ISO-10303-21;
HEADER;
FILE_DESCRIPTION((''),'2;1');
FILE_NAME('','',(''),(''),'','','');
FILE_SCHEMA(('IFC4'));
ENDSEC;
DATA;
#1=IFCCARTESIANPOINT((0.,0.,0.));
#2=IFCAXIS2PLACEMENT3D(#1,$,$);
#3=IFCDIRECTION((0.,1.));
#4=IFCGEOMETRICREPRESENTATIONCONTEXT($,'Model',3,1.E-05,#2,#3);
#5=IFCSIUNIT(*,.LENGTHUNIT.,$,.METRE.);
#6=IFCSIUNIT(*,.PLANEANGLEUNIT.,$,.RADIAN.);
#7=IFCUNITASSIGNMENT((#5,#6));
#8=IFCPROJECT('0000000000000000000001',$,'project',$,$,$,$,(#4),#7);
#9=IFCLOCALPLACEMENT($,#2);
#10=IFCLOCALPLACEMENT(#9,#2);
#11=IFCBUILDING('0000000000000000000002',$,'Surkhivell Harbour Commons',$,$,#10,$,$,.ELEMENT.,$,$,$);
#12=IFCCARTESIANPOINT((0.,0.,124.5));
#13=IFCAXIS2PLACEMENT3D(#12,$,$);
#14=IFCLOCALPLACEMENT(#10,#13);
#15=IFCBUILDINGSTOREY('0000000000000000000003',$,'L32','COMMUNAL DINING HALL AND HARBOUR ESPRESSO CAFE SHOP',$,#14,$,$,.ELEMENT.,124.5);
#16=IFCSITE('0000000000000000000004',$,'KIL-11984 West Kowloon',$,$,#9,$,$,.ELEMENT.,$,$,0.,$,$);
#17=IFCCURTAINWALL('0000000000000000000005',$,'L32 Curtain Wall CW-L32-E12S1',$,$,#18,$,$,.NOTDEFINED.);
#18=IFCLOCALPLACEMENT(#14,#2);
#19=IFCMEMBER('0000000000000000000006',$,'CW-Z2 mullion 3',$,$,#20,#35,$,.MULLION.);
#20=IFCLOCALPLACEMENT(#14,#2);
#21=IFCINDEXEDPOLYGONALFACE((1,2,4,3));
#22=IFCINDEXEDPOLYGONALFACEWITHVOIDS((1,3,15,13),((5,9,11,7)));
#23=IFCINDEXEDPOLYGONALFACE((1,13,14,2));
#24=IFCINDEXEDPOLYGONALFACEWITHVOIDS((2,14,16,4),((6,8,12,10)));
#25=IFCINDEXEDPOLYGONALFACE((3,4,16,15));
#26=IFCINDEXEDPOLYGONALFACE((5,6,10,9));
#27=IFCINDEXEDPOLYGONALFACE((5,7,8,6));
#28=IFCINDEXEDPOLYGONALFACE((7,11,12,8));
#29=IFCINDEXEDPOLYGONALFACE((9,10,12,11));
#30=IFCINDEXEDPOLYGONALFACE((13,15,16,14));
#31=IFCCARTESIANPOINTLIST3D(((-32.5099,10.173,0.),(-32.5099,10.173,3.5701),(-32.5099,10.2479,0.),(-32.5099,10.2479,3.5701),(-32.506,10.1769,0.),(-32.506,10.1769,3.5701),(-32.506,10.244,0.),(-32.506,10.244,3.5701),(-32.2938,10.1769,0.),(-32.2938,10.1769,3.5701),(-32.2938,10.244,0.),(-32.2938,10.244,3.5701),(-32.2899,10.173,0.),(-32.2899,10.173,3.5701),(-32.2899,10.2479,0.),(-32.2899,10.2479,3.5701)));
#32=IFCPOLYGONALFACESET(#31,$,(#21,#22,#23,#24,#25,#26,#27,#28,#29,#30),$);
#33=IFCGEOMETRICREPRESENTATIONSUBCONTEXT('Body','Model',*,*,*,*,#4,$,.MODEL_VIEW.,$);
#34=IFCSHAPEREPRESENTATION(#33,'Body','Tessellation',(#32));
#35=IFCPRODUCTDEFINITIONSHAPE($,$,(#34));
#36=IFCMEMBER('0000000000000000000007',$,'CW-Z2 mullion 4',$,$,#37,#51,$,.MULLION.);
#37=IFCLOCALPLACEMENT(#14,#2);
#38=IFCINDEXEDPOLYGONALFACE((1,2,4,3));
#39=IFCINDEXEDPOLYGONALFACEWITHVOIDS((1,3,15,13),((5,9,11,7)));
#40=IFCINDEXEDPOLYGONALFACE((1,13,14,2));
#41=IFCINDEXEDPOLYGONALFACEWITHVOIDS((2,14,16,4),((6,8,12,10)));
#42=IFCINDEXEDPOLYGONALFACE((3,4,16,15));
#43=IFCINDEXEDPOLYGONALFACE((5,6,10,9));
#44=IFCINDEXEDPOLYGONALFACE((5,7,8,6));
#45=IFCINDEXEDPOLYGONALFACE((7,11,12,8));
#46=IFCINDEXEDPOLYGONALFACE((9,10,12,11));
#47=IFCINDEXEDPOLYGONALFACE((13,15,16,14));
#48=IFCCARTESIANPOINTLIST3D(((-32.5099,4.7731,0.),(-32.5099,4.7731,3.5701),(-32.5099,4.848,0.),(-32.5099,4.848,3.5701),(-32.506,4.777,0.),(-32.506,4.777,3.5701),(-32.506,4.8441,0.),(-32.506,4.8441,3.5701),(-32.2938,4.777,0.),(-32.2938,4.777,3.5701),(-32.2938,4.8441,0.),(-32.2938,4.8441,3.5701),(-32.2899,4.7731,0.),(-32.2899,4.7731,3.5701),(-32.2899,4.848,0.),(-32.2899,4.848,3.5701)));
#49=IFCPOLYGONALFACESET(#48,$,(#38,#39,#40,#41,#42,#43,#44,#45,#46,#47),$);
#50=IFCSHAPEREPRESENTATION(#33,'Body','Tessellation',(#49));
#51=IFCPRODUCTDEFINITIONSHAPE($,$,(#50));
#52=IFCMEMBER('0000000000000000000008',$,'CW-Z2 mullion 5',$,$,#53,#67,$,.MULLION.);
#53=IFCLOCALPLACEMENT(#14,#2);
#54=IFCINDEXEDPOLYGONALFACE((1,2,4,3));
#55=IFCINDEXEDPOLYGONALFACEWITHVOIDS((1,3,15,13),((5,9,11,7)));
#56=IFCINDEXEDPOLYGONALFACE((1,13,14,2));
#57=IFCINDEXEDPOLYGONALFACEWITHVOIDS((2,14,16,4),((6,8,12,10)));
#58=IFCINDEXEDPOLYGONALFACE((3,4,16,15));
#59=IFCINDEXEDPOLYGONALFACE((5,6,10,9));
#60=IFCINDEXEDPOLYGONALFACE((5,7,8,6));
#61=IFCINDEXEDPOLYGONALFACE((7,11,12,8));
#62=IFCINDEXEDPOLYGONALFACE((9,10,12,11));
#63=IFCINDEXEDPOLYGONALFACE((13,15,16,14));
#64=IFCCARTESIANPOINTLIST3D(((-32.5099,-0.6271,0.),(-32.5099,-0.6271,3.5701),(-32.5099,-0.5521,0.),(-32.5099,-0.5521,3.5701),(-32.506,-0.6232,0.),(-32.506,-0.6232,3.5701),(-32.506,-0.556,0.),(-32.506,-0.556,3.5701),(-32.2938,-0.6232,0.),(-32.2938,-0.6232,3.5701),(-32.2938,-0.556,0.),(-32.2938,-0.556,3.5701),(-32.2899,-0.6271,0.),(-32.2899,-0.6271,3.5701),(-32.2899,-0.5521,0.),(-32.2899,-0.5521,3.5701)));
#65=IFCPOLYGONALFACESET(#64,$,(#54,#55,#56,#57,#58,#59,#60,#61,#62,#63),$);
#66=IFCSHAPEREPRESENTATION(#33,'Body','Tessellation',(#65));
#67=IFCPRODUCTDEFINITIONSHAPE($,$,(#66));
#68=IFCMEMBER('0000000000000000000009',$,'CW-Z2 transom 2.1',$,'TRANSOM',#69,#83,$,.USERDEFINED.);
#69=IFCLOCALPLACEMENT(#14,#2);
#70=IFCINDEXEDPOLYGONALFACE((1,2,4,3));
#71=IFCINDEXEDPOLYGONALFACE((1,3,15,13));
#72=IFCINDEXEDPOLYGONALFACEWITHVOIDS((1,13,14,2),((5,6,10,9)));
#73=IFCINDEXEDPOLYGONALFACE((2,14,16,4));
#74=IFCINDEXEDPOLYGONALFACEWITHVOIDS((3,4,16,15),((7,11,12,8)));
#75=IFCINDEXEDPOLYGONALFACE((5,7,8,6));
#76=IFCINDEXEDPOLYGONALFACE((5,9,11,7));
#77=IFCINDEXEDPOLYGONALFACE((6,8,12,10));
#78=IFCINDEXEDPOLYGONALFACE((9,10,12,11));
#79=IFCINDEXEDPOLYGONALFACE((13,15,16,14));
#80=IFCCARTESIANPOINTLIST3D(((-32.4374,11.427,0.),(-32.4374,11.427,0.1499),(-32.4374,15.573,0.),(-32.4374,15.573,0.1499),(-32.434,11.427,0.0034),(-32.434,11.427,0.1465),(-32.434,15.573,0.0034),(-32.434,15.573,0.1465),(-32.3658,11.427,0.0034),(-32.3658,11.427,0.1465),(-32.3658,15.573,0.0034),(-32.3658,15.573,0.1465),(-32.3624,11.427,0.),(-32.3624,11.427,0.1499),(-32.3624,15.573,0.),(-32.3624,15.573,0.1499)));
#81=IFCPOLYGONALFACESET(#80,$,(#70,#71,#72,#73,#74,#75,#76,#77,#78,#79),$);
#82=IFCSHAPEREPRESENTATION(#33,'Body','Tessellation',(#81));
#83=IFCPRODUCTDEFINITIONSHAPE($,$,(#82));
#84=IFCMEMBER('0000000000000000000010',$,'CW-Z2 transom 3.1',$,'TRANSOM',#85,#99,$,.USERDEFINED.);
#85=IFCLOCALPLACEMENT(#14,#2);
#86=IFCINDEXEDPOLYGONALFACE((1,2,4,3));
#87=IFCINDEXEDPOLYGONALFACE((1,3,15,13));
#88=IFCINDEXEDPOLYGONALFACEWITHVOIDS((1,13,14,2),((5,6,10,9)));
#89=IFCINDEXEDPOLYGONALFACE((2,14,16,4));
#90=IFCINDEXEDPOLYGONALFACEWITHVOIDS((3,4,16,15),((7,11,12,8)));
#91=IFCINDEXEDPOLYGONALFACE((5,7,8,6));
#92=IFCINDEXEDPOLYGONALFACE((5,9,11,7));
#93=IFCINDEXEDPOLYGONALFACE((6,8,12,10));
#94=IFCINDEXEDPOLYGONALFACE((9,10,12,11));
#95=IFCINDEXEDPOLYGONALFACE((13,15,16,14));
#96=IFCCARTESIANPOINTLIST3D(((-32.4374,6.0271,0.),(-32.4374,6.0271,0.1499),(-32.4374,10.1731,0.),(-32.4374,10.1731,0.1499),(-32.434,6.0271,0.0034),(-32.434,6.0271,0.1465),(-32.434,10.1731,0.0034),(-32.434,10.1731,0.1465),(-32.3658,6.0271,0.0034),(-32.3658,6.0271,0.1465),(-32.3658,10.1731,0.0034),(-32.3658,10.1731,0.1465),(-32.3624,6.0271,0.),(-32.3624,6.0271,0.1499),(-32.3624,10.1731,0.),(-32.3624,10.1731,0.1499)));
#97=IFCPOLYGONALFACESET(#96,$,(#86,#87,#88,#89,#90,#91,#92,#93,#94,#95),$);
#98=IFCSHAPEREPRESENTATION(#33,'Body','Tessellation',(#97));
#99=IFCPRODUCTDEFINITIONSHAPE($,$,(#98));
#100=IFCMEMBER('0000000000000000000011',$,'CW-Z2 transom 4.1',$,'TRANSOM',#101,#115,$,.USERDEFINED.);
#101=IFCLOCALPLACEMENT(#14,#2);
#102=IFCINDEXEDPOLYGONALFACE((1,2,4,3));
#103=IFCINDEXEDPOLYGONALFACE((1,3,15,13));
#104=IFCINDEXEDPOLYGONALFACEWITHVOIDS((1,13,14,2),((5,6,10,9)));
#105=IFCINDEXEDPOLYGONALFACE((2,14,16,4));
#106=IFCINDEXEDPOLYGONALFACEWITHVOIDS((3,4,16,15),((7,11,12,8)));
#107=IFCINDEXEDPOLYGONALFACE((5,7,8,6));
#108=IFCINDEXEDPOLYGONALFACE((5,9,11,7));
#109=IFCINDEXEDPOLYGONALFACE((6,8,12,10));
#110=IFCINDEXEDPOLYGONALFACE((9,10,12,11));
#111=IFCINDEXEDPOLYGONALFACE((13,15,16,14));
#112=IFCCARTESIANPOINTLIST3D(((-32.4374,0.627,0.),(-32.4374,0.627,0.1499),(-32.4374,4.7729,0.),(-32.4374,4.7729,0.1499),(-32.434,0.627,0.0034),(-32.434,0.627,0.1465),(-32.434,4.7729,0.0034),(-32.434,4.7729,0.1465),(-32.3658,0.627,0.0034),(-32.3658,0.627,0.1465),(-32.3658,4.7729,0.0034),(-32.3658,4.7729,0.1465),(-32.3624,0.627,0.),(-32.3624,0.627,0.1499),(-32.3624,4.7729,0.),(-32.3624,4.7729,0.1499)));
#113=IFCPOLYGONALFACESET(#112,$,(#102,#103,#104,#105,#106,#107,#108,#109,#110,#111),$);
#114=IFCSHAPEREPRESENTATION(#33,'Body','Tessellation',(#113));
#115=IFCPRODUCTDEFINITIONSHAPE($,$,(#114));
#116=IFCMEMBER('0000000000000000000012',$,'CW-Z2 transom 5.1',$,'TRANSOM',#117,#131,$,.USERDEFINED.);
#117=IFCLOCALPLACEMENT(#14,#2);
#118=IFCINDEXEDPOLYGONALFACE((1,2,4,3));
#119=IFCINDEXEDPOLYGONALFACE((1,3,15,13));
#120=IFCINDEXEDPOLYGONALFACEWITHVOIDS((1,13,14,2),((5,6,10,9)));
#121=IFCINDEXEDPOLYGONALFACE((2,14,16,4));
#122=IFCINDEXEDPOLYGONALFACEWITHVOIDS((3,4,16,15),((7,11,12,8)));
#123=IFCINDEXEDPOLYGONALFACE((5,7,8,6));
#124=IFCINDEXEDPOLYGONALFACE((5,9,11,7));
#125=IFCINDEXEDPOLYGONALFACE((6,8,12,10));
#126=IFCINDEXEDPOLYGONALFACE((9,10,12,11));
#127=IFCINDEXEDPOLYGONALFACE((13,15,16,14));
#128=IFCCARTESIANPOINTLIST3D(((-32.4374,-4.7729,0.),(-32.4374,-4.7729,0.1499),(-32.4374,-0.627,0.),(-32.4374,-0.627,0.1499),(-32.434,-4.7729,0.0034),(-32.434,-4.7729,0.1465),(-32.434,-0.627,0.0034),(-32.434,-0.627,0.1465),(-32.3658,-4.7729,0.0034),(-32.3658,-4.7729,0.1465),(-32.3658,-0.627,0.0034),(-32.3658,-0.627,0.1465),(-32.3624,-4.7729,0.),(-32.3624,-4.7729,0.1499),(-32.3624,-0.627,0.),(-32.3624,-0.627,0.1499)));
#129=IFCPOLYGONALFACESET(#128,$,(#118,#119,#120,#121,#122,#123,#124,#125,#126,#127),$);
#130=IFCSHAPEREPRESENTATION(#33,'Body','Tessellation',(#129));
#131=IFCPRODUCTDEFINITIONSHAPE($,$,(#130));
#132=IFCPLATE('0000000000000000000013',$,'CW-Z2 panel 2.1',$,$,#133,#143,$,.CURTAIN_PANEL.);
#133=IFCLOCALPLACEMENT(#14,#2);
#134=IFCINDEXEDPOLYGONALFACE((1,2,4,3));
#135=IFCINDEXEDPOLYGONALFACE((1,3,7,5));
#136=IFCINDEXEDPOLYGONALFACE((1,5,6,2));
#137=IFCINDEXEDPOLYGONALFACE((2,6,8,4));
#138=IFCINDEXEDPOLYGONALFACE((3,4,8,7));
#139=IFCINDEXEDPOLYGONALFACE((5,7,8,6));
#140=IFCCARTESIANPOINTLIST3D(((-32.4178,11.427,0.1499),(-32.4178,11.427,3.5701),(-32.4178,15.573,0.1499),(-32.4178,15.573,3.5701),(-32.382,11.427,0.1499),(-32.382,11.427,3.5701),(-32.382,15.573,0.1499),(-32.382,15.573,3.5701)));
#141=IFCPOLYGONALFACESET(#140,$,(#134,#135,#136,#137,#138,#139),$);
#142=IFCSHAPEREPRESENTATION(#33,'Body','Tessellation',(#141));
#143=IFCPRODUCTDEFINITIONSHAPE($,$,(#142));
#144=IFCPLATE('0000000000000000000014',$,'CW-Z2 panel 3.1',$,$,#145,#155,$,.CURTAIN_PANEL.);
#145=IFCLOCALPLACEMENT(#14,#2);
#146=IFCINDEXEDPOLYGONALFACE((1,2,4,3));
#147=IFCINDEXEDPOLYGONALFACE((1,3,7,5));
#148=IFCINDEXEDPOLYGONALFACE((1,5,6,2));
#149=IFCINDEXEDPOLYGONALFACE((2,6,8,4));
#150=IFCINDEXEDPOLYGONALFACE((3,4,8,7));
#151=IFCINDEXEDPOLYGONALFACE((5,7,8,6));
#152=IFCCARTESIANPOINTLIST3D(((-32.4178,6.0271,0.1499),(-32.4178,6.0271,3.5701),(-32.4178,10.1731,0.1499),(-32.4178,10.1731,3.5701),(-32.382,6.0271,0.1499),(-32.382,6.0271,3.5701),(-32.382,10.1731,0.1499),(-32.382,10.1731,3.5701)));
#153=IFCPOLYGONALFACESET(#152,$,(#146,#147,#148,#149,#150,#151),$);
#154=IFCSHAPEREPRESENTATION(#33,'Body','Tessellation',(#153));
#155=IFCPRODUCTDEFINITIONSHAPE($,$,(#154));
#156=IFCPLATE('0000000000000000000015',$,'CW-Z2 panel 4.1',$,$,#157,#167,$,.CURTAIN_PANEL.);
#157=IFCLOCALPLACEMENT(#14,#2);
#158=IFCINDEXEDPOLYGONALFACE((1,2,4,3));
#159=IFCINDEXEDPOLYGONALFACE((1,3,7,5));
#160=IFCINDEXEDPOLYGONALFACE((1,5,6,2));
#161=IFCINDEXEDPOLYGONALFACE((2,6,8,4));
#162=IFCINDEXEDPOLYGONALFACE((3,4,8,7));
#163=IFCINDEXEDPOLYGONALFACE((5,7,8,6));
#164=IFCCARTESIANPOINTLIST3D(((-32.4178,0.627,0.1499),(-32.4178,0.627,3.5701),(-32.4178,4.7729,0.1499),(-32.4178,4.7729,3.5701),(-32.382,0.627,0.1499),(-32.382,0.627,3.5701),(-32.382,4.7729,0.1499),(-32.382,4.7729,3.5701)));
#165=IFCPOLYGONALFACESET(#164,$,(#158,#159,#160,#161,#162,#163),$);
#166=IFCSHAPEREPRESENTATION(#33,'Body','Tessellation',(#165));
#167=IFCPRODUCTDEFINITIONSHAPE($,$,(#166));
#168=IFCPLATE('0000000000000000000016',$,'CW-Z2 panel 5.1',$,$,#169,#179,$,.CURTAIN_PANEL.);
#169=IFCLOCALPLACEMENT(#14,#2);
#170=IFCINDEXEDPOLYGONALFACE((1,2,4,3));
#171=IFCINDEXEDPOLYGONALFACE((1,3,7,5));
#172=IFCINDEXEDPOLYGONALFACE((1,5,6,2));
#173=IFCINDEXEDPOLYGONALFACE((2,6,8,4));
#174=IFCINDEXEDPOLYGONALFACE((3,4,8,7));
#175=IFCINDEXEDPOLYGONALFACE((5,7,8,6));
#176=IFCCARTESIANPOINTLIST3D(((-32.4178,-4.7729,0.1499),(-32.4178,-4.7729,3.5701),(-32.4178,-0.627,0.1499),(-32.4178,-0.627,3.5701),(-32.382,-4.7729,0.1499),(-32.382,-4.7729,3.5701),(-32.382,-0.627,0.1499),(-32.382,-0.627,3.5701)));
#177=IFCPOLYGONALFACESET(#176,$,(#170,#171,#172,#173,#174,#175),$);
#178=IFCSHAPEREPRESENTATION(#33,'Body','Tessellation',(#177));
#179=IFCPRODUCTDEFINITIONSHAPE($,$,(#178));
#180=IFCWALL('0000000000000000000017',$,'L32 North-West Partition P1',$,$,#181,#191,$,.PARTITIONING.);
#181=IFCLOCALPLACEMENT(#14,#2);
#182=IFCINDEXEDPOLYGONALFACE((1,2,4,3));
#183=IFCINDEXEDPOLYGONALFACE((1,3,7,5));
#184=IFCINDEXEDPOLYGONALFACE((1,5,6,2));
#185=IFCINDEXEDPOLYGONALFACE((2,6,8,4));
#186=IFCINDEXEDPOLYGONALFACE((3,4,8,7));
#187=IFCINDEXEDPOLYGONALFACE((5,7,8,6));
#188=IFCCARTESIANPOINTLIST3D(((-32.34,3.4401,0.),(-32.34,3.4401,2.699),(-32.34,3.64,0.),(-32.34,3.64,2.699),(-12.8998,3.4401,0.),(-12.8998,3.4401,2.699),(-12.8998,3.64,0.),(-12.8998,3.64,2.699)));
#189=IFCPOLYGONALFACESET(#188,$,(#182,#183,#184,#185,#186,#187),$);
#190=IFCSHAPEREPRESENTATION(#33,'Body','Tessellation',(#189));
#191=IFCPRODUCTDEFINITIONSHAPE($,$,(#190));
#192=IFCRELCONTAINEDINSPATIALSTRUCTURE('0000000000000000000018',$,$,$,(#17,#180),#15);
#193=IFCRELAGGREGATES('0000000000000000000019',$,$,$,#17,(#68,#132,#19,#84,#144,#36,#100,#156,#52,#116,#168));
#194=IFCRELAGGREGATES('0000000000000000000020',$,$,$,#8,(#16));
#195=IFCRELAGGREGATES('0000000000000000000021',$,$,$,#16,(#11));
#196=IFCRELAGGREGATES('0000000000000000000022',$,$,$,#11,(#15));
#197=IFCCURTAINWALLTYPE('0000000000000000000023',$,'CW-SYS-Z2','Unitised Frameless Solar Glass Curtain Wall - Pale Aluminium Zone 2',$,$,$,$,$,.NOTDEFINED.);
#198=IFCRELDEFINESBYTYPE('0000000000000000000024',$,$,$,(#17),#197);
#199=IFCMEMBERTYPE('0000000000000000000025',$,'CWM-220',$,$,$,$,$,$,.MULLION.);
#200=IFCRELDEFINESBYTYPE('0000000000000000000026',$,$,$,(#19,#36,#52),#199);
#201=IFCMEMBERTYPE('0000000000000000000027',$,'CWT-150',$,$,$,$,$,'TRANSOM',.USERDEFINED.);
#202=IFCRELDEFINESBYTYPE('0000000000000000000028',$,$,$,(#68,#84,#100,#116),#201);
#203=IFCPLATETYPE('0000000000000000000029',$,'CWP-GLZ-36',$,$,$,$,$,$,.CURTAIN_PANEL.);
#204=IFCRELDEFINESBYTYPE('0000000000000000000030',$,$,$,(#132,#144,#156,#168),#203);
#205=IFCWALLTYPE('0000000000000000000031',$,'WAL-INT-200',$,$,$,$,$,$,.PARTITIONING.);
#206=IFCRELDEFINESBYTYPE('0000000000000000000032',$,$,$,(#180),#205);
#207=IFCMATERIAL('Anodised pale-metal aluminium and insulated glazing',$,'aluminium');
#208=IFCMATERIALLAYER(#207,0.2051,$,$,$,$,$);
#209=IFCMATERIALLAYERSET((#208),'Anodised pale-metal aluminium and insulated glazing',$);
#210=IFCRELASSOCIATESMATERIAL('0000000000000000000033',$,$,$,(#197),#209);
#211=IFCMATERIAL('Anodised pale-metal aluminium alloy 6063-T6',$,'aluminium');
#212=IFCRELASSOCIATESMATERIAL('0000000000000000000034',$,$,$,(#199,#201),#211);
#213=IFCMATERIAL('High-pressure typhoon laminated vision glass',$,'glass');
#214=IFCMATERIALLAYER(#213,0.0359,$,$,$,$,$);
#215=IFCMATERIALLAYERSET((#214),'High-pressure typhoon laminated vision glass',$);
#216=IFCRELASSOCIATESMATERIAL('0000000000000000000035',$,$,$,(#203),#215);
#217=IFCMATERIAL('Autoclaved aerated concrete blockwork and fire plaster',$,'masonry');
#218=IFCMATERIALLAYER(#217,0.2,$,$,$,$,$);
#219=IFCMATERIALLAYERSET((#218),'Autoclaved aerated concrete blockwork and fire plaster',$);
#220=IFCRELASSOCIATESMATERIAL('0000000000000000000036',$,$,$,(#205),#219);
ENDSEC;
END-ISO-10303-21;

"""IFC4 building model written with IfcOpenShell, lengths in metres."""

from ifc_helpers import new_model, si_unit, direction, frame, frame_2d, origin, origin_2d, place, context, subcontext, project, spatial, rectangle, hollow_rectangle, extrude, material, layer, layer_set, material_profile, profile_set, type_object, element, aggregate, save


model = new_model("IFC4")

# Units and contexts
model_context = context("Model", 3, precision=1e-05, world=origin(), true_north=direction((0.0, 1.0)))
body_context = subcontext(model_context, "Body", "Model", "MODEL_VIEW")
ifc_project = project(units=[si_unit("LENGTHUNIT", "METRE"), si_unit("PLANEANGLEUNIT", "RADIAN")], contexts=[model_context])

# Site, building, storey
site_placement = place(None, origin())
site = spatial("IfcSite", under=ifc_project, at=site_placement, Name="KIL-11984 West Kowloon", CompositionType="ELEMENT", RefElevation=0.0)
building_placement = place(site_placement, origin())
building = spatial("IfcBuilding", under=site, at=building_placement, Name="Surkhivell Harbour Commons", CompositionType="ELEMENT")
storey_placement = place(building_placement, frame((0.0, 0.0, 124.5)))
storey = spatial("IfcBuildingStorey", under=building, at=storey_placement, Name="L32", Description="COMMUNAL DINING HALL AND HARBOUR ESPRESSO CAFE SHOP", CompositionType="ELEMENT", Elevation=124.5)

# Curtain wall, members, plates
ifc_material_1 = material(Name="Anodised pale-metal aluminium and insulated glazing", Category="aluminium")
ifc_layer_1 = layer(ifc_material_1, 0.2051)
ifc_layer_set_1 = layer_set([ifc_layer_1], Name="Anodised pale-metal aluminium and insulated glazing")
curtain_wall_type = type_object("IfcCurtainWallType", Name="CW-SYS-Z2", Description="Unitised Frameless Solar Glass Curtain Wall - Pale Aluminium Zone 2", PredefinedType="NOTDEFINED", material=ifc_layer_set_1)
curtain_wall_placement = place(storey_placement, origin())
curtain_wall = element("IfcCurtainWall", 1, at=curtain_wall_placement, inside=storey, type_object=curtain_wall_type, Name="L32 Curtain Wall CW-L32-E12S1", PredefinedType="NOTDEFINED")
ifc_material_2 = material(Name="Anodised pale-metal aluminium alloy 6063-T6", Category="aluminium")
ifc_material_profile_1 = material_profile(ifc_material_2, hollow_rectangle(XDim=0.075, YDim=0.22, WallThickness=0.0039, at=origin_2d()), Name="ALU-MULL-75x220")
ifc_profile_set_1 = profile_set([ifc_material_profile_1], Name="Anodised pale-metal aluminium alloy 6063-T6")
member_type_1 = type_object("IfcMemberType", Name="CWM-220", PredefinedType="MULLION", material=ifc_profile_set_1)
member_1_placement = place(storey_placement, frame((-32.3999, 10.2104, 0.0), z_axis=(0.0, 0.0, 1.0), x_axis=(0.0, -1.0, 0.0)))
member_1 = element("IfcMember", 2, at=member_1_placement, type_object=member_type_1, Name="CW-Z2 mullion 3", PredefinedType="MULLION", context=body_context, shape_type="SweptSolid", body=[
    extrude(hollow_rectangle(XDim=0.075, YDim=0.22, WallThickness=0.0039, at=origin_2d()), origin(), (0.0, 0.0, 1.0), 3.5701),
])
member_2_placement = place(storey_placement, frame((-32.3999, 4.8105, 0.0), z_axis=(0.0, 0.0, 1.0), x_axis=(0.0, -1.0, 0.0)))
member_2 = element("IfcMember", 3, at=member_2_placement, type_object=member_type_1, Name="CW-Z2 mullion 4", PredefinedType="MULLION", context=body_context, shape_type="SweptSolid", body=[
    extrude(hollow_rectangle(XDim=0.075, YDim=0.22, WallThickness=0.0039, at=origin_2d()), origin(), (0.0, 0.0, 1.0), 3.5701),
])
member_3_placement = place(storey_placement, frame((-32.3999, -0.5896, 0.0), z_axis=(0.0, 0.0, 1.0), x_axis=(0.0, -1.0, 0.0)))
member_3 = element("IfcMember", 4, at=member_3_placement, type_object=member_type_1, Name="CW-Z2 mullion 5", PredefinedType="MULLION", context=body_context, shape_type="SweptSolid", body=[
    extrude(hollow_rectangle(XDim=0.075, YDim=0.22, WallThickness=0.0039, at=origin_2d()), origin(), (0.0, 0.0, 1.0), 3.5701),
])
ifc_material_profile_2 = material_profile(ifc_material_2, hollow_rectangle(XDim=0.075, YDim=0.1499, WallThickness=0.0034, at=origin_2d()), Name="ALU-TRAN-75x150")
ifc_profile_set_2 = profile_set([ifc_material_profile_2], Name="Anodised pale-metal aluminium alloy 6063-T6")
member_type_2 = type_object("IfcMemberType", Name="CWT-150", ElementType="TRANSOM", PredefinedType="USERDEFINED", material=ifc_profile_set_2)
member_4_placement = place(storey_placement, frame((-32.3999, 15.573, 0.075), z_axis=(0.0, -1.0, 0.0), x_axis=(1.0, 0.0, 0.0)))
member_4 = element("IfcMember", 5, at=member_4_placement, type_object=member_type_2, Name="CW-Z2 transom 2.1", ObjectType="TRANSOM", PredefinedType="USERDEFINED", context=body_context, shape_type="SweptSolid", body=[
    extrude(hollow_rectangle(XDim=0.075, YDim=0.1499, WallThickness=0.0034, at=origin_2d()), origin(), (0.0, 0.0, 1.0), 4.146),
])
member_5_placement = place(storey_placement, frame((-32.3999, 10.1731, 0.075), z_axis=(0.0, -1.0, 0.0), x_axis=(1.0, 0.0, 0.0)))
member_5 = element("IfcMember", 6, at=member_5_placement, type_object=member_type_2, Name="CW-Z2 transom 3.1", ObjectType="TRANSOM", PredefinedType="USERDEFINED", context=body_context, shape_type="SweptSolid", body=[
    extrude(hollow_rectangle(XDim=0.075, YDim=0.1499, WallThickness=0.0034, at=origin_2d()), origin(), (0.0, 0.0, 1.0), 4.146),
])
member_6_placement = place(storey_placement, frame((-32.3999, 4.7729, 0.075), z_axis=(0.0, -1.0, 0.0), x_axis=(1.0, 0.0, 0.0)))
member_6 = element("IfcMember", 7, at=member_6_placement, type_object=member_type_2, Name="CW-Z2 transom 4.1", ObjectType="TRANSOM", PredefinedType="USERDEFINED", context=body_context, shape_type="SweptSolid", body=[
    extrude(hollow_rectangle(XDim=0.075, YDim=0.1499, WallThickness=0.0034, at=origin_2d()), origin(), (0.0, 0.0, 1.0), 4.146),
])
member_7_placement = place(storey_placement, frame((-32.3999, -0.627, 0.075), z_axis=(0.0, -1.0, 0.0), x_axis=(1.0, 0.0, 0.0)))
member_7 = element("IfcMember", 8, at=member_7_placement, type_object=member_type_2, Name="CW-Z2 transom 5.1", ObjectType="TRANSOM", PredefinedType="USERDEFINED", context=body_context, shape_type="SweptSolid", body=[
    extrude(hollow_rectangle(XDim=0.075, YDim=0.1499, WallThickness=0.0034, at=origin_2d()), origin(), (0.0, 0.0, 1.0), 4.146),
])
ifc_material_3 = material(Name="High-pressure typhoon laminated vision glass", Category="glass")
ifc_layer_2 = layer(ifc_material_3, 0.0359)
ifc_layer_set_2 = layer_set([ifc_layer_2], Name="High-pressure typhoon laminated vision glass")
plate_type = type_object("IfcPlateType", Name="CWP-GLZ-36", PredefinedType="CURTAIN_PANEL", material=ifc_layer_set_2)
plate_1_placement = place(storey_placement, frame((-32.3999, 15.573, 0.1499), z_axis=(0.0, 0.0, 1.0), x_axis=(0.0, -1.0, 0.0)))
plate_1 = element("IfcPlate", 9, at=plate_1_placement, type_object=plate_type, Name="CW-Z2 panel 2.1", PredefinedType="CURTAIN_PANEL", context=body_context, shape_type="SweptSolid", body=[
    extrude(rectangle(XDim=4.146, YDim=0.0359, at=frame_2d((2.073, 0.0))), origin(), (0.0, 0.0, 1.0), 3.4202),
])
plate_2_placement = place(storey_placement, frame((-32.3999, 10.1731, 0.1499), z_axis=(0.0, 0.0, 1.0), x_axis=(0.0, -1.0, 0.0)))
plate_2 = element("IfcPlate", 10, at=plate_2_placement, type_object=plate_type, Name="CW-Z2 panel 3.1", PredefinedType="CURTAIN_PANEL", context=body_context, shape_type="SweptSolid", body=[
    extrude(rectangle(XDim=4.146, YDim=0.0359, at=frame_2d((2.073, 0.0))), origin(), (0.0, 0.0, 1.0), 3.4202),
])
plate_3_placement = place(storey_placement, frame((-32.3999, 4.7729, 0.1499), z_axis=(0.0, 0.0, 1.0), x_axis=(0.0, -1.0, 0.0)))
plate_3 = element("IfcPlate", 11, at=plate_3_placement, type_object=plate_type, Name="CW-Z2 panel 4.1", PredefinedType="CURTAIN_PANEL", context=body_context, shape_type="SweptSolid", body=[
    extrude(rectangle(XDim=4.146, YDim=0.0359, at=frame_2d((2.073, 0.0))), origin(), (0.0, 0.0, 1.0), 3.4202),
])
plate_4_placement = place(storey_placement, frame((-32.3999, -0.627, 0.1499), z_axis=(0.0, 0.0, 1.0), x_axis=(0.0, -1.0, 0.0)))
plate_4 = element("IfcPlate", 12, at=plate_4_placement, type_object=plate_type, Name="CW-Z2 panel 5.1", PredefinedType="CURTAIN_PANEL", context=body_context, shape_type="SweptSolid", body=[
    extrude(rectangle(XDim=4.146, YDim=0.0359, at=frame_2d((2.073, 0.0))), origin(), (0.0, 0.0, 1.0), 3.4202),
])
aggregate(curtain_wall, [member_4, plate_1, member_1, member_5, plate_2, member_2, member_6, plate_3, member_3, member_7, plate_4])

# Wall
ifc_material_4 = material(Name="Autoclaved aerated concrete blockwork and fire plaster", Category="masonry")
ifc_layer_3 = layer(ifc_material_4, 0.2)
ifc_layer_set_3 = layer_set([ifc_layer_3], Name="Autoclaved aerated concrete blockwork and fire plaster")
wall_type = type_object("IfcWallType", Name="WAL-INT-200", PredefinedType="PARTITIONING", material=ifc_layer_set_3)
wall_placement = place(storey_placement, frame((-32.3401, 3.54, 0.0), z_axis=(0.0, 0.0, 1.0), x_axis=(1.0, 0.0, 0.0)))
element("IfcWall", 13, at=wall_placement, inside=storey, type_object=wall_type, Name="L32 North-West Partition P1", PredefinedType="PARTITIONING", context=body_context, shape_type="SweptSolid", body=[
    extrude(rectangle(XDim=19.4402, YDim=0.2, at=frame_2d((9.7202, 0.0))), origin(), (0.0, 0.0, 1.0), 2.699),
])

save(model, "model.ifc")
